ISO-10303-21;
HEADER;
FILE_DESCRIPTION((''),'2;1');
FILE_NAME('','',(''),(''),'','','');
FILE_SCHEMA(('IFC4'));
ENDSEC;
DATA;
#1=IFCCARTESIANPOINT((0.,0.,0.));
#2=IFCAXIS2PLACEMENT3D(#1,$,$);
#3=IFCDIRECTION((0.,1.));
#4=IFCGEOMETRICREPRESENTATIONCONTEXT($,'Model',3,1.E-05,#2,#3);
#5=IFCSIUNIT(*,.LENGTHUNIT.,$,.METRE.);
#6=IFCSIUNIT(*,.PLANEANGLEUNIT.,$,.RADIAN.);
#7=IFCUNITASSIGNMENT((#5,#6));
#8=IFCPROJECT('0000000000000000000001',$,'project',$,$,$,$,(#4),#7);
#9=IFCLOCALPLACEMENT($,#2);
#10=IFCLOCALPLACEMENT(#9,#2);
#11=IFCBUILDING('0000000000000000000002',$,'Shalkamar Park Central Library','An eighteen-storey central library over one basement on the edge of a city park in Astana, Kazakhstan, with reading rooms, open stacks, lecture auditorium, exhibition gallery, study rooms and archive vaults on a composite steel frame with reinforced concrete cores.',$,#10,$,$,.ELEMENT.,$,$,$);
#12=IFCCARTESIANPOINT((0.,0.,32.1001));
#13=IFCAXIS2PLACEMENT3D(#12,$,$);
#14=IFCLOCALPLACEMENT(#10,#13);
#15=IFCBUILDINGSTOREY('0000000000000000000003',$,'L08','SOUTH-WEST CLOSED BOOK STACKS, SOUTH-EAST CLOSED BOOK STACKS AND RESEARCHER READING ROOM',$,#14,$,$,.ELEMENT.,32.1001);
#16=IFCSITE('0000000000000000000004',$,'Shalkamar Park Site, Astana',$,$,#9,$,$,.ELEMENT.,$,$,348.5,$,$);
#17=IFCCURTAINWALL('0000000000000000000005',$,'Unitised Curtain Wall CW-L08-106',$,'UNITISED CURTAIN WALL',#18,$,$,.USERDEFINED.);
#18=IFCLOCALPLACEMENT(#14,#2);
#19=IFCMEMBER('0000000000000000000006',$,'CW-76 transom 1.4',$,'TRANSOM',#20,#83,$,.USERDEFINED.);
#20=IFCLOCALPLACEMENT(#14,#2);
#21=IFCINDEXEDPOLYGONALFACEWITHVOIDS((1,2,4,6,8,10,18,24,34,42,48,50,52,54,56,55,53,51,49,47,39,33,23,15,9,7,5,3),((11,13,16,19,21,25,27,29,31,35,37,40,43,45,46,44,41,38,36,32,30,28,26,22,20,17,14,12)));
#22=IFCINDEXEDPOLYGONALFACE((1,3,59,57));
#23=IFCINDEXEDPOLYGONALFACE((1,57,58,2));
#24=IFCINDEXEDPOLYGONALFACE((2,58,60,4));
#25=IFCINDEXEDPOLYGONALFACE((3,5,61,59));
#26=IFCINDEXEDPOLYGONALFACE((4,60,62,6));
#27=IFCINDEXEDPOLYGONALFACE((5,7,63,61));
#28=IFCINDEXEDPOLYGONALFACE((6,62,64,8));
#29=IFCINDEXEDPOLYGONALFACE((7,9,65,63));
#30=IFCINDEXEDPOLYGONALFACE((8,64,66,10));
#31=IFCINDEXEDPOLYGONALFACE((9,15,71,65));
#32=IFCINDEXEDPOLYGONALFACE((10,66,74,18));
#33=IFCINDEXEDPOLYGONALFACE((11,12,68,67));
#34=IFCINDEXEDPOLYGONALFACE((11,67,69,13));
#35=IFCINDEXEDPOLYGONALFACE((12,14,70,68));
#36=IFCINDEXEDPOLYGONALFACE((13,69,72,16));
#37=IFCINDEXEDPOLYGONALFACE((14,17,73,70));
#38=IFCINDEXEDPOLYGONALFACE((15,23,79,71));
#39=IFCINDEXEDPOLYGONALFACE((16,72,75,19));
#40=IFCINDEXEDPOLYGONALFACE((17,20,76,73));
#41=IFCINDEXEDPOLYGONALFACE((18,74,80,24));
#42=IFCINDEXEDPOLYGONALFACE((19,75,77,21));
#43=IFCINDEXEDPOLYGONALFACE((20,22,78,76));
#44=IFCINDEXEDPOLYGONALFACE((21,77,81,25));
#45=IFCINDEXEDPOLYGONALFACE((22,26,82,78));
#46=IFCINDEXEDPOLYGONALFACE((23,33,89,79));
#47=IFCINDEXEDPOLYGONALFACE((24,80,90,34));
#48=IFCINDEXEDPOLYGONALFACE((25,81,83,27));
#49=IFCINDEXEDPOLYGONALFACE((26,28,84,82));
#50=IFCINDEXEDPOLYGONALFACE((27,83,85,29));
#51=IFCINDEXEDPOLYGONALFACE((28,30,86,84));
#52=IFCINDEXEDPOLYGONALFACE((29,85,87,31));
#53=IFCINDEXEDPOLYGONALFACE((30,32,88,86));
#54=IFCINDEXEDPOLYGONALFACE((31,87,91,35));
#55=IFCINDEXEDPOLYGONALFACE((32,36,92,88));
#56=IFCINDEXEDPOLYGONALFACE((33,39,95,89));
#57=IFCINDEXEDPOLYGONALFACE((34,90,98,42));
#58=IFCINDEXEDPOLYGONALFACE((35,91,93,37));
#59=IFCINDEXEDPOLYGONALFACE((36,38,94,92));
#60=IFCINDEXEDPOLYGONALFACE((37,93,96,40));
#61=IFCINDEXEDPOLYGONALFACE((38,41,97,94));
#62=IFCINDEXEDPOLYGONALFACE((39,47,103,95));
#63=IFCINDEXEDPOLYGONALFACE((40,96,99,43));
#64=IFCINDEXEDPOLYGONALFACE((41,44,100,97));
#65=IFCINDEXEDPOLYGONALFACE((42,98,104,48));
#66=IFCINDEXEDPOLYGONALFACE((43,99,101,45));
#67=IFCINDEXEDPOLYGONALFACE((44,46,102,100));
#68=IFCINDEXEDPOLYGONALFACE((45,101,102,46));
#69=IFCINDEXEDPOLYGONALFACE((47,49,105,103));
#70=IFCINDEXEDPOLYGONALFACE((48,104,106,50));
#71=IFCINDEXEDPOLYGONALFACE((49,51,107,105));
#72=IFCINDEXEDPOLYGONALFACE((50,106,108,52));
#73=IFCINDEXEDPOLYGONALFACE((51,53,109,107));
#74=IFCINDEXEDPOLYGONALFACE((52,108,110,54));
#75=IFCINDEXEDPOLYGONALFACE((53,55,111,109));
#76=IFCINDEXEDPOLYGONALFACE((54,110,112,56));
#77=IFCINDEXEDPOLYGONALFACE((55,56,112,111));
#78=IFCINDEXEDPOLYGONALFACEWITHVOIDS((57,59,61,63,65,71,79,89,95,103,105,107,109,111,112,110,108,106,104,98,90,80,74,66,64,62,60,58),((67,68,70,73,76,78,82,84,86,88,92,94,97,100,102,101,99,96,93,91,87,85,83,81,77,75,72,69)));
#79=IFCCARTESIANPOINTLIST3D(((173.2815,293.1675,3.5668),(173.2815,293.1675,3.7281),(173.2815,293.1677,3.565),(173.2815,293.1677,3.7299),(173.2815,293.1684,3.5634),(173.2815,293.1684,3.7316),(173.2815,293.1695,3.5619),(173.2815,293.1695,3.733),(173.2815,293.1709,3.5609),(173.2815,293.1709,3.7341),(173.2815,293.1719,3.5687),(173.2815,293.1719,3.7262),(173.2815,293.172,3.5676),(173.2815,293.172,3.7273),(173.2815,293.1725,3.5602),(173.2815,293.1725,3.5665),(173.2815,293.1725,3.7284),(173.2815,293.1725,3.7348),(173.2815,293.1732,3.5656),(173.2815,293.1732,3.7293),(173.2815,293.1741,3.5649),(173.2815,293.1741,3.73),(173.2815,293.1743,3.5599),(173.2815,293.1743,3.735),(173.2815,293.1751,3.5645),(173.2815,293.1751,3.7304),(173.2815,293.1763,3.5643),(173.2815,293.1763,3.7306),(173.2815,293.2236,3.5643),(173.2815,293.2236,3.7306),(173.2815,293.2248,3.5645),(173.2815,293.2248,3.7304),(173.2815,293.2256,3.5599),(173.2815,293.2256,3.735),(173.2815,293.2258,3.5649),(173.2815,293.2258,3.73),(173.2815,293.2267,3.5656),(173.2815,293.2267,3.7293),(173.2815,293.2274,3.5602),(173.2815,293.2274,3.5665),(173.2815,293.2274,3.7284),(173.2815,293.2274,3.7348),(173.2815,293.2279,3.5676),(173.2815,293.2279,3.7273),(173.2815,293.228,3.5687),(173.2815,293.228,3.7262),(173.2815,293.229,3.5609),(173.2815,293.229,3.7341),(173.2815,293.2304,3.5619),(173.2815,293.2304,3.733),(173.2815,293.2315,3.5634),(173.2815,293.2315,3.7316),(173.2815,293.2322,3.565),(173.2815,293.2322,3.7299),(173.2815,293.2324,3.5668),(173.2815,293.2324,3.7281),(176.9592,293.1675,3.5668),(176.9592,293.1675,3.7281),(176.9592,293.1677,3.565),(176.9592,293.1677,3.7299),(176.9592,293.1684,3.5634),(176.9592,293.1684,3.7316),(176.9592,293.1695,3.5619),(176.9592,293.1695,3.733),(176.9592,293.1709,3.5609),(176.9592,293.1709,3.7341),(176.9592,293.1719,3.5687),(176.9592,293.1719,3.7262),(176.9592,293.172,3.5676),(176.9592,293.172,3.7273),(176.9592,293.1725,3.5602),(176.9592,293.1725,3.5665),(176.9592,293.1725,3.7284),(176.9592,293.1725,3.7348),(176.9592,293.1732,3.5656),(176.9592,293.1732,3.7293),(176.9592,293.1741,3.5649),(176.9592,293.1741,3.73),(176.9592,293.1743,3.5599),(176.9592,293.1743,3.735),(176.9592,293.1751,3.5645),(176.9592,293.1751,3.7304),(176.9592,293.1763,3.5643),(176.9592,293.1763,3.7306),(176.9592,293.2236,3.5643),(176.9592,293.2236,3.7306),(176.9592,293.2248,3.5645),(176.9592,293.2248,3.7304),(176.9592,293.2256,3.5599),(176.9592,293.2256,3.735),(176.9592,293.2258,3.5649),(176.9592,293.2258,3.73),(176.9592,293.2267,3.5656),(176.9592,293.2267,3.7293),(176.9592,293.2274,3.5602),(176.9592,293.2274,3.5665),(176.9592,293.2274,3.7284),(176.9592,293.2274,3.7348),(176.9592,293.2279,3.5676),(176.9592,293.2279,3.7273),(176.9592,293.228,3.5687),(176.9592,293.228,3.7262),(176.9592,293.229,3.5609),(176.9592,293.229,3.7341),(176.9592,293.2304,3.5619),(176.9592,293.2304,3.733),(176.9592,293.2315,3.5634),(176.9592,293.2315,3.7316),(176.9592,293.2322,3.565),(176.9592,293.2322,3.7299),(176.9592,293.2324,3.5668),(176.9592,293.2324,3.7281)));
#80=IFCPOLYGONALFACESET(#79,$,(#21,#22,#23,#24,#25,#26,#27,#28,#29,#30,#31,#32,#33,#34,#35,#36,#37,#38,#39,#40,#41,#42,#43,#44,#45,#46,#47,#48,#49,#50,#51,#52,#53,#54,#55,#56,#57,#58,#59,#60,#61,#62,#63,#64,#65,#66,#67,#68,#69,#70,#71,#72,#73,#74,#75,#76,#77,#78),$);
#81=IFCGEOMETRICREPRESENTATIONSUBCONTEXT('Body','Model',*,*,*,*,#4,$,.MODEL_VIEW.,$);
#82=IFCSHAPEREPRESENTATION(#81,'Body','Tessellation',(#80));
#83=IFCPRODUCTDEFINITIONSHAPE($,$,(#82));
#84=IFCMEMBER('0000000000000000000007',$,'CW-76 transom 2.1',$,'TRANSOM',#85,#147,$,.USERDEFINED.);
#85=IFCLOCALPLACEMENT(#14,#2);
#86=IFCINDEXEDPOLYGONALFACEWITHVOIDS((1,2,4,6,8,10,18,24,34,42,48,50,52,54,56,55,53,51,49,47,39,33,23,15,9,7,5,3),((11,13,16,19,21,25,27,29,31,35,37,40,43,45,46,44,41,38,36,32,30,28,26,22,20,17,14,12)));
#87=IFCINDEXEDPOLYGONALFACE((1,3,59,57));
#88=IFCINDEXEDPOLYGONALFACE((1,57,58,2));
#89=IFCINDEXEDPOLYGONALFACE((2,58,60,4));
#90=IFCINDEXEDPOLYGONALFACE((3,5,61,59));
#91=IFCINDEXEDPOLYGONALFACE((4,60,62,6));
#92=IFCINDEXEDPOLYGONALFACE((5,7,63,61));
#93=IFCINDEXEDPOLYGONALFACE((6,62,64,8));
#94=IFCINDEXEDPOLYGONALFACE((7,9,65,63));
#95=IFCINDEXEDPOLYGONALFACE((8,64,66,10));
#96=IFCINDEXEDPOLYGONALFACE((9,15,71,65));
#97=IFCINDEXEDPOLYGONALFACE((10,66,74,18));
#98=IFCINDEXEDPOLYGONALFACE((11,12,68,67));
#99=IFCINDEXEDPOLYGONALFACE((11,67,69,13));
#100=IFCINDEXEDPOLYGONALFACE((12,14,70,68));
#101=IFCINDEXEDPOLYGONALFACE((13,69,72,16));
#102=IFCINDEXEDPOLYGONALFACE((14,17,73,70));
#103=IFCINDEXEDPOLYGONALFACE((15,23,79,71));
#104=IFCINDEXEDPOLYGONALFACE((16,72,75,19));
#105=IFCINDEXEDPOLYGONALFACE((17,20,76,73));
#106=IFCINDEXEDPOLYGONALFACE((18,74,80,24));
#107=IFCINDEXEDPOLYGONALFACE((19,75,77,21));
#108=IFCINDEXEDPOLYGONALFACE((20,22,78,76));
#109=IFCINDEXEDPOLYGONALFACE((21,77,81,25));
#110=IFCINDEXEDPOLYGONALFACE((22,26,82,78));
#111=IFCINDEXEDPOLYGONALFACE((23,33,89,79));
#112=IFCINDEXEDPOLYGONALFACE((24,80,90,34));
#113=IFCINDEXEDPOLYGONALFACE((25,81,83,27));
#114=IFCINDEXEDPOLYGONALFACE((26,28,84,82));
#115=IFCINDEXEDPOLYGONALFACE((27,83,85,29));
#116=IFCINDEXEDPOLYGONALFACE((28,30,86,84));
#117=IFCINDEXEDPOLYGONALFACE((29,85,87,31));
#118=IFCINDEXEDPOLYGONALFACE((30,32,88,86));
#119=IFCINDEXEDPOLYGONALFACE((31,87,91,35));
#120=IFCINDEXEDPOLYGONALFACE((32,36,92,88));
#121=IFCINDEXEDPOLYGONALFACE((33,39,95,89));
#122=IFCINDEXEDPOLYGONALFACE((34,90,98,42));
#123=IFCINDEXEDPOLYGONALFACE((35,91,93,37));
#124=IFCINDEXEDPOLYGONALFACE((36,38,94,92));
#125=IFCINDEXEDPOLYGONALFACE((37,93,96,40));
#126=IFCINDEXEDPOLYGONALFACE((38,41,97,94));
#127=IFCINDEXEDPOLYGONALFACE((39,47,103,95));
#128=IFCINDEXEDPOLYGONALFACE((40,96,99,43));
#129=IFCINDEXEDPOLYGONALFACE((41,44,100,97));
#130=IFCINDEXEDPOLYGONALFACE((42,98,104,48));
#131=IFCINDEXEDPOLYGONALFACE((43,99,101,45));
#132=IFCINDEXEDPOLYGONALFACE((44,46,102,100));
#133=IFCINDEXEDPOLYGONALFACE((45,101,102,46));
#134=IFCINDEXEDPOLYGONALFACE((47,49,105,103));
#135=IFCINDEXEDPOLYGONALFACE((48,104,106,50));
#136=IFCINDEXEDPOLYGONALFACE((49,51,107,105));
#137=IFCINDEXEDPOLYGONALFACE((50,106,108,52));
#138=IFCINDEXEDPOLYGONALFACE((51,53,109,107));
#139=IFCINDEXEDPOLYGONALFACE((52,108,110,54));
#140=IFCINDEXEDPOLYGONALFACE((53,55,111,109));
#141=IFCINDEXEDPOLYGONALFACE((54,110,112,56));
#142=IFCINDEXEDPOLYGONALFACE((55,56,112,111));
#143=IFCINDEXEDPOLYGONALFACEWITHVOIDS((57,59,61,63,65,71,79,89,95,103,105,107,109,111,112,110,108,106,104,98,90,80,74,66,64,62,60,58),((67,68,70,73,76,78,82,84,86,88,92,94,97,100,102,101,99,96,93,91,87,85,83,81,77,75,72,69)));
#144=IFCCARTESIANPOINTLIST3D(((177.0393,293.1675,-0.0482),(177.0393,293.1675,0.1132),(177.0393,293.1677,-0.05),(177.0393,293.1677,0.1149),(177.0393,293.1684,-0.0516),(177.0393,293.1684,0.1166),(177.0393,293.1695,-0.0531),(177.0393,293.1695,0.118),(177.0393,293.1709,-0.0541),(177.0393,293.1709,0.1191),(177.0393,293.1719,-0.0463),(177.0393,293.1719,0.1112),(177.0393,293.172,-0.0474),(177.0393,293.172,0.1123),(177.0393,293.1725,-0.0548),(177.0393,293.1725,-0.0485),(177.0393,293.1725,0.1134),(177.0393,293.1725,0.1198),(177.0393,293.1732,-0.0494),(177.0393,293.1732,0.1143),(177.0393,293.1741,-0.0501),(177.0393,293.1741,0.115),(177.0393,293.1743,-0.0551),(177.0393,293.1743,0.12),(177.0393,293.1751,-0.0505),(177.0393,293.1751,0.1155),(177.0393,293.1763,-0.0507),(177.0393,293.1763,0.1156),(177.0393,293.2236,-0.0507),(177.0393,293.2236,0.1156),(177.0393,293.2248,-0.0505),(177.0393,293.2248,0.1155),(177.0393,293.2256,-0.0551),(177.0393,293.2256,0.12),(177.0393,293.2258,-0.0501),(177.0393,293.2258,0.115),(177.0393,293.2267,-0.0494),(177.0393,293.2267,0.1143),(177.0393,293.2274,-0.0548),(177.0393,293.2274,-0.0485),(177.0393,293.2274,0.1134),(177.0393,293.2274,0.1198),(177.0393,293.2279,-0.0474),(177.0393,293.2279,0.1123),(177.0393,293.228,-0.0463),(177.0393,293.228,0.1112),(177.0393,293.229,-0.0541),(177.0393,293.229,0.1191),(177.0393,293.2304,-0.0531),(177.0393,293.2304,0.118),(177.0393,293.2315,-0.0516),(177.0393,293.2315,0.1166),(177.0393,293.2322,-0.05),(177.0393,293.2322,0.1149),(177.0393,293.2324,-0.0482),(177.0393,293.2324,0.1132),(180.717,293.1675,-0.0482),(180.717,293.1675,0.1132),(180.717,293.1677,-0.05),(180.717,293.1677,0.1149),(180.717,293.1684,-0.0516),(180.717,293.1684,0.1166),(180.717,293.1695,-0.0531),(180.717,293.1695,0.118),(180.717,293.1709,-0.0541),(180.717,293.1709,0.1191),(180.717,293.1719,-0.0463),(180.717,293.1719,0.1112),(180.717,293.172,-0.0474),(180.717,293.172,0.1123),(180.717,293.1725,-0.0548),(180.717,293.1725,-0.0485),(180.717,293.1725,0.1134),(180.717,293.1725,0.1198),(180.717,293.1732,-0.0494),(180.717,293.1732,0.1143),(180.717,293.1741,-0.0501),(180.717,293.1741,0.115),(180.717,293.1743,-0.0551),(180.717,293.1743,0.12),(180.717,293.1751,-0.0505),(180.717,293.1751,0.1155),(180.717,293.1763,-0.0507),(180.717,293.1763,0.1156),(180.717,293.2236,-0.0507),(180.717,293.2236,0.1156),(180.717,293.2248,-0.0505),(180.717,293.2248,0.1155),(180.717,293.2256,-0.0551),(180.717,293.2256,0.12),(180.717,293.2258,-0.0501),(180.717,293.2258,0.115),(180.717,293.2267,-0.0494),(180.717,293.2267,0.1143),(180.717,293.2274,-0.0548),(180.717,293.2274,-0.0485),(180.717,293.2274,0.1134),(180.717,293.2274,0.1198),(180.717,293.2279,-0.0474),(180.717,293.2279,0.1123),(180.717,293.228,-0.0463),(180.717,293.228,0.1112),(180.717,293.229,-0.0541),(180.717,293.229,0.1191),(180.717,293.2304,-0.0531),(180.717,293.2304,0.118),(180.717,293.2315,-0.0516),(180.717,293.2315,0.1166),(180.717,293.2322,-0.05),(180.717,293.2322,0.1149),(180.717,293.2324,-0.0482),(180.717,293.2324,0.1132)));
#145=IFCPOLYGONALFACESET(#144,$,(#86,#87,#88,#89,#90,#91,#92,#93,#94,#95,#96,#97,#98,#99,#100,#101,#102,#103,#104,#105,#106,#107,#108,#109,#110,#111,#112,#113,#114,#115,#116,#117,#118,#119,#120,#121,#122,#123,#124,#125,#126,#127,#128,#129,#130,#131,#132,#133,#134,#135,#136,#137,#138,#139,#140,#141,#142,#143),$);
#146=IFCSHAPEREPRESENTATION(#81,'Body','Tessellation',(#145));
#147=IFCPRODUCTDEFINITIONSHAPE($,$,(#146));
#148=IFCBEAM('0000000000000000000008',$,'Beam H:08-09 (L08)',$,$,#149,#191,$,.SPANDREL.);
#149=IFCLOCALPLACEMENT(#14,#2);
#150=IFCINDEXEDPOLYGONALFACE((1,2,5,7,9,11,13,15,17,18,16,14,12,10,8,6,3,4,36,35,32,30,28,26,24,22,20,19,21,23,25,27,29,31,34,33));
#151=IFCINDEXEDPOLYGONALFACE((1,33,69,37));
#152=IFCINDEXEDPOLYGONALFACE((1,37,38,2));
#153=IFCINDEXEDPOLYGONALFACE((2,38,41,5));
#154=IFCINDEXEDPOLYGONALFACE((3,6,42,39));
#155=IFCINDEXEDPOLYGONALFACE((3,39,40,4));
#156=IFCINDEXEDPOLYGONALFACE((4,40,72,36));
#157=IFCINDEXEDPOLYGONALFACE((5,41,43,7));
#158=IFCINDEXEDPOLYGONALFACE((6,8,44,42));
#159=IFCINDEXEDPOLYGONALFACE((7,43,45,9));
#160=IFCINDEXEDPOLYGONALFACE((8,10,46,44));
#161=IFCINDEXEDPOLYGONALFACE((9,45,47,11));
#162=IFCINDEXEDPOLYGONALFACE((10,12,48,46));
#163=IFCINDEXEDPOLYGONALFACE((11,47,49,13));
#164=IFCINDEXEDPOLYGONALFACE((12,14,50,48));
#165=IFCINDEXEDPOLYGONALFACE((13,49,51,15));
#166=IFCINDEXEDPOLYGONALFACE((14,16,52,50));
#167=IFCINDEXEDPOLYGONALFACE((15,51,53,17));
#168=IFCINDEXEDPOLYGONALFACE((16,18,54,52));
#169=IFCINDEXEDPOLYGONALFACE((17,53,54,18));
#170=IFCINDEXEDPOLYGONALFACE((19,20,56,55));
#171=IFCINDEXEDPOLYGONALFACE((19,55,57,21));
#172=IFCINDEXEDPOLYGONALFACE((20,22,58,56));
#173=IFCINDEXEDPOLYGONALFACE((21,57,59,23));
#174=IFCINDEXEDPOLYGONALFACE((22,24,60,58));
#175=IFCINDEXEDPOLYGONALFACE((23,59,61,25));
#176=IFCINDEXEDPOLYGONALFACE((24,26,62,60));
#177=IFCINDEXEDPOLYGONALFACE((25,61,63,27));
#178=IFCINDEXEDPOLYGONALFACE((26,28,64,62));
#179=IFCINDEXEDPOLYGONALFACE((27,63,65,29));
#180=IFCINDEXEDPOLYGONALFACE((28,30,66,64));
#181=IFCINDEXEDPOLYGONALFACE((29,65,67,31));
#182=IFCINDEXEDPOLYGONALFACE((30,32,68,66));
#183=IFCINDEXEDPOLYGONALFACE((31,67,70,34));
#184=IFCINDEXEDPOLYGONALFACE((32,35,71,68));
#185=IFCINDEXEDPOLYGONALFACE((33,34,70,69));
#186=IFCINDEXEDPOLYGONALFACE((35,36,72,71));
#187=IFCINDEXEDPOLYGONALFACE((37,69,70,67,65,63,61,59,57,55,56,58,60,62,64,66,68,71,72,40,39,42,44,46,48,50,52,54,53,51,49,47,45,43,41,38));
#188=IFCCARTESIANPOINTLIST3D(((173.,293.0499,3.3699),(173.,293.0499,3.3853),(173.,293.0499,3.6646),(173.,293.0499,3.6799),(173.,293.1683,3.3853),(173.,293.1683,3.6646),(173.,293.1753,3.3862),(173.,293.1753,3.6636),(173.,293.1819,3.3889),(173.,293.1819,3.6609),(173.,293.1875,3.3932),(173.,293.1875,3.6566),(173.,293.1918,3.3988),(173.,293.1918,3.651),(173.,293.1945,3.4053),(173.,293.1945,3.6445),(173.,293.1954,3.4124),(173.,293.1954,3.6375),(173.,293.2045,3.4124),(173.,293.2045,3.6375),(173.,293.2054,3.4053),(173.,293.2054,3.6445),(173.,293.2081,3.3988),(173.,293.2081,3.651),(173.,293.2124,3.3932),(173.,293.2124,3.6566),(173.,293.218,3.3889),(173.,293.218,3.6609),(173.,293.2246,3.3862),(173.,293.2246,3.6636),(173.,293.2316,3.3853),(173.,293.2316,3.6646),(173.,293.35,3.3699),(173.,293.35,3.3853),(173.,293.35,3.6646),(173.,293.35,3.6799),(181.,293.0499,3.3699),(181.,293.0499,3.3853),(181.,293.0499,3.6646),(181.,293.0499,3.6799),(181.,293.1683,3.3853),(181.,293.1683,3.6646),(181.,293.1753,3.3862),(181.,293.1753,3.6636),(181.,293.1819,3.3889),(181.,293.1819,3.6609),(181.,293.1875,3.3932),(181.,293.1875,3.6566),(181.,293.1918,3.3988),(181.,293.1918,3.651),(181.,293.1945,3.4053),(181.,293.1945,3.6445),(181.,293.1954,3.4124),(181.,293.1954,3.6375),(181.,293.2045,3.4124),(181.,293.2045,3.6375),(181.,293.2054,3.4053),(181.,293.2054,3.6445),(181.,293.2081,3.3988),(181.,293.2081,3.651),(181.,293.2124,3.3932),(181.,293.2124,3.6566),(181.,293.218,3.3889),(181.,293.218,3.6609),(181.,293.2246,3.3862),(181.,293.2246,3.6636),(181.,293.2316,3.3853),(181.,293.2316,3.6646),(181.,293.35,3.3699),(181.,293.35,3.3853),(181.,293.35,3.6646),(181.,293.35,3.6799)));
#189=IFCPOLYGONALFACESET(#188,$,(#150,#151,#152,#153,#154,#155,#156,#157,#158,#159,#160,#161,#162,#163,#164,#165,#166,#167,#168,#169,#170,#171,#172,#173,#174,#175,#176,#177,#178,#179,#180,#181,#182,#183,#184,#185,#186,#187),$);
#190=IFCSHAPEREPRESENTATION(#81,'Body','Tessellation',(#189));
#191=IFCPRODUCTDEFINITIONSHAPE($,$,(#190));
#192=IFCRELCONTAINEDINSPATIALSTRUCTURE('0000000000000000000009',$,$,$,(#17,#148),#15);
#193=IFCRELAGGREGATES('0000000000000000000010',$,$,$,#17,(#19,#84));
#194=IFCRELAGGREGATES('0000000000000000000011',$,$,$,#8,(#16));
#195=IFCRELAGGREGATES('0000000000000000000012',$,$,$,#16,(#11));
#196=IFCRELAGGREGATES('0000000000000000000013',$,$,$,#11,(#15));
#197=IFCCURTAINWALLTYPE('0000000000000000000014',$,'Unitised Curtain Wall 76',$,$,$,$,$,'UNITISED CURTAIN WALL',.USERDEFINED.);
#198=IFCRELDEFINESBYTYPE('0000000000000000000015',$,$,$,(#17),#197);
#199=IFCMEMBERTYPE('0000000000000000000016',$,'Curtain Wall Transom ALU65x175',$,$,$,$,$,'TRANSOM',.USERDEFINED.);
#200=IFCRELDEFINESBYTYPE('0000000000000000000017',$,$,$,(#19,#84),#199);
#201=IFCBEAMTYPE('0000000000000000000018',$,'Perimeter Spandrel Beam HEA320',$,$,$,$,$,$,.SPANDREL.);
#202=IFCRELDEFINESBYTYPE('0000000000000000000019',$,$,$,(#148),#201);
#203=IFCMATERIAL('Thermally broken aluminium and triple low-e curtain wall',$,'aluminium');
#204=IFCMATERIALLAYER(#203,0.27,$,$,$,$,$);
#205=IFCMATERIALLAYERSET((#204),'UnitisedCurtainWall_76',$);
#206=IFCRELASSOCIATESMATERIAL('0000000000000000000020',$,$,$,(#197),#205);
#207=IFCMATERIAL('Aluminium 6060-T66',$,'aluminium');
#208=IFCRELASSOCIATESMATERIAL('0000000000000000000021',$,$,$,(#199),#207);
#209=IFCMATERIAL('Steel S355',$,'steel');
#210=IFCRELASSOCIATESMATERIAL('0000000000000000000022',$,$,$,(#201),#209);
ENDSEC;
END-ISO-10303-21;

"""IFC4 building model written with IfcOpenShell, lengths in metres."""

from ifc_helpers import new_model, si_unit, direction, frame, origin, origin_2d, place, context, subcontext, project, spatial, hollow_rectangle, i_section, extrude, material, layer, layer_set, material_profile, profile_set, type_object, element, aggregate, save


model = new_model("IFC4")

# Units and contexts
model_context = context("Model", 3, precision=1e-05, world=origin(), true_north=direction((0.0, 1.0)))
body_context = subcontext(model_context, "Body", "Model", "MODEL_VIEW")
ifc_project = project(units=[si_unit("LENGTHUNIT", "METRE"), si_unit("PLANEANGLEUNIT", "RADIAN")], contexts=[model_context])

# Site, building, storey
site_placement = place(None, origin())
site = spatial("IfcSite", under=ifc_project, at=site_placement, Name="Shalkamar Park Site, Astana", CompositionType="ELEMENT", RefElevation=348.5)
building_placement = place(site_placement, origin())
building = spatial("IfcBuilding", under=site, at=building_placement, Name="Shalkamar Park Central Library", Description="An eighteen-storey central library over one basement on the edge of a city park in Astana, Kazakhstan, with reading rooms, open stacks, lecture auditorium, exhibition gallery, study rooms and archive vaults on a composite steel frame with reinforced concrete cores.", CompositionType="ELEMENT")
storey_placement = place(building_placement, frame((0.0, 0.0, 32.1001)))
storey = spatial("IfcBuildingStorey", under=building, at=storey_placement, Name="L08", Description="SOUTH-WEST CLOSED BOOK STACKS, SOUTH-EAST CLOSED BOOK STACKS AND RESEARCHER READING ROOM", CompositionType="ELEMENT", Elevation=32.1001)

# Shared definitions
ifc_material_1 = material(Name="Steel S355", Category="steel")

# Curtain wall
ifc_material_2 = material(Name="Thermally broken aluminium and triple low-e curtain wall", Category="aluminium")
ifc_material_3 = material(Name="Aluminium 6060-T66", Category="aluminium")
ifc_layer_1 = layer(ifc_material_2, 0.27)
ifc_layer_set_1 = layer_set([ifc_layer_1], Name="UnitisedCurtainWall_76")
curtain_wall_type_1 = type_object("IfcCurtainWallType", Name="Unitised Curtain Wall 76", ElementType="UNITISED CURTAIN WALL", PredefinedType="USERDEFINED", material=ifc_layer_set_1)
curtain_wall_1_placement = place(storey_placement, origin())
curtain_wall_1 = element("IfcCurtainWall", 1, at=curtain_wall_1_placement, inside=storey, type_object=curtain_wall_type_1, Name="Unitised Curtain Wall CW-L08-106", ObjectType="UNITISED CURTAIN WALL", PredefinedType="USERDEFINED")

# Members
ifc_material_profile_1 = material_profile(ifc_material_3, hollow_rectangle(XDim=0.0649, YDim=0.175, WallThickness=0.0044, InnerFilletRadius=0.0044, OuterFilletRadius=0.0068, at=origin_2d()), Name="ALU 65x175x4.5")
ifc_profile_set_1 = profile_set([ifc_material_profile_1], Name="Aluminium 6060-T66")
member_type_1 = type_object("IfcMemberType", Name="Curtain Wall Transom ALU65x175", ElementType="TRANSOM", PredefinedType="USERDEFINED", material=ifc_profile_set_1)
member_1_placement = place(storey_placement, frame((173.2815, 293.2, 3.6475), z_axis=(1.0, 0.0, 0.0), x_axis=(0.0, 1.0, 0.0)))
member_1 = element("IfcMember", 2, at=member_1_placement, type_object=member_type_1, Name="CW-76 transom 1.4", ObjectType="TRANSOM", PredefinedType="USERDEFINED", context=body_context, shape_type="SweptSolid", body=[
    extrude(hollow_rectangle(XDim=0.0649, YDim=0.175, WallThickness=0.0044, InnerFilletRadius=0.0044, OuterFilletRadius=0.0068, at=origin_2d()), origin(), (0.0, 0.0, 1.0), 3.6777),
])
member_2_placement = place(storey_placement, frame((177.0393, 293.2, 0.0325), z_axis=(1.0, 0.0, 0.0), x_axis=(0.0, 1.0, 0.0)))
member_2 = element("IfcMember", 3, at=member_2_placement, type_object=member_type_1, Name="CW-76 transom 2.1", ObjectType="TRANSOM", PredefinedType="USERDEFINED", context=body_context, shape_type="SweptSolid", body=[
    extrude(hollow_rectangle(XDim=0.0649, YDim=0.175, WallThickness=0.0044, InnerFilletRadius=0.0044, OuterFilletRadius=0.0068, at=origin_2d()), origin(), (0.0, 0.0, 1.0), 3.6777),
])

# Beam
ifc_material_profile_2 = material_profile(ifc_material_1, i_section(OverallWidth=0.3, OverallDepth=0.3101, WebThickness=0.009, FlangeThickness=0.0154, FilletRadius=0.0271, at=origin_2d()), Name="HEA 320")
ifc_profile_set_2 = profile_set([ifc_material_profile_2], Name="Steel S355")
beam_type = type_object("IfcBeamType", Name="Perimeter Spandrel Beam HEA320", PredefinedType="SPANDREL", material=ifc_profile_set_2)
beam_placement = place(storey_placement, frame((173.0, 293.2, 3.5249), z_axis=(1.0, 0.0, 0.0), x_axis=(0.0, 1.0, 0.0)))
element("IfcBeam", 4, at=beam_placement, inside=storey, type_object=beam_type, Name="Beam H:08-09 (L08)", PredefinedType="SPANDREL", context=body_context, shape_type="SweptSolid", body=[
    extrude(i_section(OverallWidth=0.3, OverallDepth=0.3101, WebThickness=0.009, FlangeThickness=0.0154, FilletRadius=0.0271, at=origin_2d()), origin(), (0.0, 0.0, 1.0), 8.0),
])

aggregate(curtain_wall_1, [member_1, member_2])

save(model, "model.ifc")
